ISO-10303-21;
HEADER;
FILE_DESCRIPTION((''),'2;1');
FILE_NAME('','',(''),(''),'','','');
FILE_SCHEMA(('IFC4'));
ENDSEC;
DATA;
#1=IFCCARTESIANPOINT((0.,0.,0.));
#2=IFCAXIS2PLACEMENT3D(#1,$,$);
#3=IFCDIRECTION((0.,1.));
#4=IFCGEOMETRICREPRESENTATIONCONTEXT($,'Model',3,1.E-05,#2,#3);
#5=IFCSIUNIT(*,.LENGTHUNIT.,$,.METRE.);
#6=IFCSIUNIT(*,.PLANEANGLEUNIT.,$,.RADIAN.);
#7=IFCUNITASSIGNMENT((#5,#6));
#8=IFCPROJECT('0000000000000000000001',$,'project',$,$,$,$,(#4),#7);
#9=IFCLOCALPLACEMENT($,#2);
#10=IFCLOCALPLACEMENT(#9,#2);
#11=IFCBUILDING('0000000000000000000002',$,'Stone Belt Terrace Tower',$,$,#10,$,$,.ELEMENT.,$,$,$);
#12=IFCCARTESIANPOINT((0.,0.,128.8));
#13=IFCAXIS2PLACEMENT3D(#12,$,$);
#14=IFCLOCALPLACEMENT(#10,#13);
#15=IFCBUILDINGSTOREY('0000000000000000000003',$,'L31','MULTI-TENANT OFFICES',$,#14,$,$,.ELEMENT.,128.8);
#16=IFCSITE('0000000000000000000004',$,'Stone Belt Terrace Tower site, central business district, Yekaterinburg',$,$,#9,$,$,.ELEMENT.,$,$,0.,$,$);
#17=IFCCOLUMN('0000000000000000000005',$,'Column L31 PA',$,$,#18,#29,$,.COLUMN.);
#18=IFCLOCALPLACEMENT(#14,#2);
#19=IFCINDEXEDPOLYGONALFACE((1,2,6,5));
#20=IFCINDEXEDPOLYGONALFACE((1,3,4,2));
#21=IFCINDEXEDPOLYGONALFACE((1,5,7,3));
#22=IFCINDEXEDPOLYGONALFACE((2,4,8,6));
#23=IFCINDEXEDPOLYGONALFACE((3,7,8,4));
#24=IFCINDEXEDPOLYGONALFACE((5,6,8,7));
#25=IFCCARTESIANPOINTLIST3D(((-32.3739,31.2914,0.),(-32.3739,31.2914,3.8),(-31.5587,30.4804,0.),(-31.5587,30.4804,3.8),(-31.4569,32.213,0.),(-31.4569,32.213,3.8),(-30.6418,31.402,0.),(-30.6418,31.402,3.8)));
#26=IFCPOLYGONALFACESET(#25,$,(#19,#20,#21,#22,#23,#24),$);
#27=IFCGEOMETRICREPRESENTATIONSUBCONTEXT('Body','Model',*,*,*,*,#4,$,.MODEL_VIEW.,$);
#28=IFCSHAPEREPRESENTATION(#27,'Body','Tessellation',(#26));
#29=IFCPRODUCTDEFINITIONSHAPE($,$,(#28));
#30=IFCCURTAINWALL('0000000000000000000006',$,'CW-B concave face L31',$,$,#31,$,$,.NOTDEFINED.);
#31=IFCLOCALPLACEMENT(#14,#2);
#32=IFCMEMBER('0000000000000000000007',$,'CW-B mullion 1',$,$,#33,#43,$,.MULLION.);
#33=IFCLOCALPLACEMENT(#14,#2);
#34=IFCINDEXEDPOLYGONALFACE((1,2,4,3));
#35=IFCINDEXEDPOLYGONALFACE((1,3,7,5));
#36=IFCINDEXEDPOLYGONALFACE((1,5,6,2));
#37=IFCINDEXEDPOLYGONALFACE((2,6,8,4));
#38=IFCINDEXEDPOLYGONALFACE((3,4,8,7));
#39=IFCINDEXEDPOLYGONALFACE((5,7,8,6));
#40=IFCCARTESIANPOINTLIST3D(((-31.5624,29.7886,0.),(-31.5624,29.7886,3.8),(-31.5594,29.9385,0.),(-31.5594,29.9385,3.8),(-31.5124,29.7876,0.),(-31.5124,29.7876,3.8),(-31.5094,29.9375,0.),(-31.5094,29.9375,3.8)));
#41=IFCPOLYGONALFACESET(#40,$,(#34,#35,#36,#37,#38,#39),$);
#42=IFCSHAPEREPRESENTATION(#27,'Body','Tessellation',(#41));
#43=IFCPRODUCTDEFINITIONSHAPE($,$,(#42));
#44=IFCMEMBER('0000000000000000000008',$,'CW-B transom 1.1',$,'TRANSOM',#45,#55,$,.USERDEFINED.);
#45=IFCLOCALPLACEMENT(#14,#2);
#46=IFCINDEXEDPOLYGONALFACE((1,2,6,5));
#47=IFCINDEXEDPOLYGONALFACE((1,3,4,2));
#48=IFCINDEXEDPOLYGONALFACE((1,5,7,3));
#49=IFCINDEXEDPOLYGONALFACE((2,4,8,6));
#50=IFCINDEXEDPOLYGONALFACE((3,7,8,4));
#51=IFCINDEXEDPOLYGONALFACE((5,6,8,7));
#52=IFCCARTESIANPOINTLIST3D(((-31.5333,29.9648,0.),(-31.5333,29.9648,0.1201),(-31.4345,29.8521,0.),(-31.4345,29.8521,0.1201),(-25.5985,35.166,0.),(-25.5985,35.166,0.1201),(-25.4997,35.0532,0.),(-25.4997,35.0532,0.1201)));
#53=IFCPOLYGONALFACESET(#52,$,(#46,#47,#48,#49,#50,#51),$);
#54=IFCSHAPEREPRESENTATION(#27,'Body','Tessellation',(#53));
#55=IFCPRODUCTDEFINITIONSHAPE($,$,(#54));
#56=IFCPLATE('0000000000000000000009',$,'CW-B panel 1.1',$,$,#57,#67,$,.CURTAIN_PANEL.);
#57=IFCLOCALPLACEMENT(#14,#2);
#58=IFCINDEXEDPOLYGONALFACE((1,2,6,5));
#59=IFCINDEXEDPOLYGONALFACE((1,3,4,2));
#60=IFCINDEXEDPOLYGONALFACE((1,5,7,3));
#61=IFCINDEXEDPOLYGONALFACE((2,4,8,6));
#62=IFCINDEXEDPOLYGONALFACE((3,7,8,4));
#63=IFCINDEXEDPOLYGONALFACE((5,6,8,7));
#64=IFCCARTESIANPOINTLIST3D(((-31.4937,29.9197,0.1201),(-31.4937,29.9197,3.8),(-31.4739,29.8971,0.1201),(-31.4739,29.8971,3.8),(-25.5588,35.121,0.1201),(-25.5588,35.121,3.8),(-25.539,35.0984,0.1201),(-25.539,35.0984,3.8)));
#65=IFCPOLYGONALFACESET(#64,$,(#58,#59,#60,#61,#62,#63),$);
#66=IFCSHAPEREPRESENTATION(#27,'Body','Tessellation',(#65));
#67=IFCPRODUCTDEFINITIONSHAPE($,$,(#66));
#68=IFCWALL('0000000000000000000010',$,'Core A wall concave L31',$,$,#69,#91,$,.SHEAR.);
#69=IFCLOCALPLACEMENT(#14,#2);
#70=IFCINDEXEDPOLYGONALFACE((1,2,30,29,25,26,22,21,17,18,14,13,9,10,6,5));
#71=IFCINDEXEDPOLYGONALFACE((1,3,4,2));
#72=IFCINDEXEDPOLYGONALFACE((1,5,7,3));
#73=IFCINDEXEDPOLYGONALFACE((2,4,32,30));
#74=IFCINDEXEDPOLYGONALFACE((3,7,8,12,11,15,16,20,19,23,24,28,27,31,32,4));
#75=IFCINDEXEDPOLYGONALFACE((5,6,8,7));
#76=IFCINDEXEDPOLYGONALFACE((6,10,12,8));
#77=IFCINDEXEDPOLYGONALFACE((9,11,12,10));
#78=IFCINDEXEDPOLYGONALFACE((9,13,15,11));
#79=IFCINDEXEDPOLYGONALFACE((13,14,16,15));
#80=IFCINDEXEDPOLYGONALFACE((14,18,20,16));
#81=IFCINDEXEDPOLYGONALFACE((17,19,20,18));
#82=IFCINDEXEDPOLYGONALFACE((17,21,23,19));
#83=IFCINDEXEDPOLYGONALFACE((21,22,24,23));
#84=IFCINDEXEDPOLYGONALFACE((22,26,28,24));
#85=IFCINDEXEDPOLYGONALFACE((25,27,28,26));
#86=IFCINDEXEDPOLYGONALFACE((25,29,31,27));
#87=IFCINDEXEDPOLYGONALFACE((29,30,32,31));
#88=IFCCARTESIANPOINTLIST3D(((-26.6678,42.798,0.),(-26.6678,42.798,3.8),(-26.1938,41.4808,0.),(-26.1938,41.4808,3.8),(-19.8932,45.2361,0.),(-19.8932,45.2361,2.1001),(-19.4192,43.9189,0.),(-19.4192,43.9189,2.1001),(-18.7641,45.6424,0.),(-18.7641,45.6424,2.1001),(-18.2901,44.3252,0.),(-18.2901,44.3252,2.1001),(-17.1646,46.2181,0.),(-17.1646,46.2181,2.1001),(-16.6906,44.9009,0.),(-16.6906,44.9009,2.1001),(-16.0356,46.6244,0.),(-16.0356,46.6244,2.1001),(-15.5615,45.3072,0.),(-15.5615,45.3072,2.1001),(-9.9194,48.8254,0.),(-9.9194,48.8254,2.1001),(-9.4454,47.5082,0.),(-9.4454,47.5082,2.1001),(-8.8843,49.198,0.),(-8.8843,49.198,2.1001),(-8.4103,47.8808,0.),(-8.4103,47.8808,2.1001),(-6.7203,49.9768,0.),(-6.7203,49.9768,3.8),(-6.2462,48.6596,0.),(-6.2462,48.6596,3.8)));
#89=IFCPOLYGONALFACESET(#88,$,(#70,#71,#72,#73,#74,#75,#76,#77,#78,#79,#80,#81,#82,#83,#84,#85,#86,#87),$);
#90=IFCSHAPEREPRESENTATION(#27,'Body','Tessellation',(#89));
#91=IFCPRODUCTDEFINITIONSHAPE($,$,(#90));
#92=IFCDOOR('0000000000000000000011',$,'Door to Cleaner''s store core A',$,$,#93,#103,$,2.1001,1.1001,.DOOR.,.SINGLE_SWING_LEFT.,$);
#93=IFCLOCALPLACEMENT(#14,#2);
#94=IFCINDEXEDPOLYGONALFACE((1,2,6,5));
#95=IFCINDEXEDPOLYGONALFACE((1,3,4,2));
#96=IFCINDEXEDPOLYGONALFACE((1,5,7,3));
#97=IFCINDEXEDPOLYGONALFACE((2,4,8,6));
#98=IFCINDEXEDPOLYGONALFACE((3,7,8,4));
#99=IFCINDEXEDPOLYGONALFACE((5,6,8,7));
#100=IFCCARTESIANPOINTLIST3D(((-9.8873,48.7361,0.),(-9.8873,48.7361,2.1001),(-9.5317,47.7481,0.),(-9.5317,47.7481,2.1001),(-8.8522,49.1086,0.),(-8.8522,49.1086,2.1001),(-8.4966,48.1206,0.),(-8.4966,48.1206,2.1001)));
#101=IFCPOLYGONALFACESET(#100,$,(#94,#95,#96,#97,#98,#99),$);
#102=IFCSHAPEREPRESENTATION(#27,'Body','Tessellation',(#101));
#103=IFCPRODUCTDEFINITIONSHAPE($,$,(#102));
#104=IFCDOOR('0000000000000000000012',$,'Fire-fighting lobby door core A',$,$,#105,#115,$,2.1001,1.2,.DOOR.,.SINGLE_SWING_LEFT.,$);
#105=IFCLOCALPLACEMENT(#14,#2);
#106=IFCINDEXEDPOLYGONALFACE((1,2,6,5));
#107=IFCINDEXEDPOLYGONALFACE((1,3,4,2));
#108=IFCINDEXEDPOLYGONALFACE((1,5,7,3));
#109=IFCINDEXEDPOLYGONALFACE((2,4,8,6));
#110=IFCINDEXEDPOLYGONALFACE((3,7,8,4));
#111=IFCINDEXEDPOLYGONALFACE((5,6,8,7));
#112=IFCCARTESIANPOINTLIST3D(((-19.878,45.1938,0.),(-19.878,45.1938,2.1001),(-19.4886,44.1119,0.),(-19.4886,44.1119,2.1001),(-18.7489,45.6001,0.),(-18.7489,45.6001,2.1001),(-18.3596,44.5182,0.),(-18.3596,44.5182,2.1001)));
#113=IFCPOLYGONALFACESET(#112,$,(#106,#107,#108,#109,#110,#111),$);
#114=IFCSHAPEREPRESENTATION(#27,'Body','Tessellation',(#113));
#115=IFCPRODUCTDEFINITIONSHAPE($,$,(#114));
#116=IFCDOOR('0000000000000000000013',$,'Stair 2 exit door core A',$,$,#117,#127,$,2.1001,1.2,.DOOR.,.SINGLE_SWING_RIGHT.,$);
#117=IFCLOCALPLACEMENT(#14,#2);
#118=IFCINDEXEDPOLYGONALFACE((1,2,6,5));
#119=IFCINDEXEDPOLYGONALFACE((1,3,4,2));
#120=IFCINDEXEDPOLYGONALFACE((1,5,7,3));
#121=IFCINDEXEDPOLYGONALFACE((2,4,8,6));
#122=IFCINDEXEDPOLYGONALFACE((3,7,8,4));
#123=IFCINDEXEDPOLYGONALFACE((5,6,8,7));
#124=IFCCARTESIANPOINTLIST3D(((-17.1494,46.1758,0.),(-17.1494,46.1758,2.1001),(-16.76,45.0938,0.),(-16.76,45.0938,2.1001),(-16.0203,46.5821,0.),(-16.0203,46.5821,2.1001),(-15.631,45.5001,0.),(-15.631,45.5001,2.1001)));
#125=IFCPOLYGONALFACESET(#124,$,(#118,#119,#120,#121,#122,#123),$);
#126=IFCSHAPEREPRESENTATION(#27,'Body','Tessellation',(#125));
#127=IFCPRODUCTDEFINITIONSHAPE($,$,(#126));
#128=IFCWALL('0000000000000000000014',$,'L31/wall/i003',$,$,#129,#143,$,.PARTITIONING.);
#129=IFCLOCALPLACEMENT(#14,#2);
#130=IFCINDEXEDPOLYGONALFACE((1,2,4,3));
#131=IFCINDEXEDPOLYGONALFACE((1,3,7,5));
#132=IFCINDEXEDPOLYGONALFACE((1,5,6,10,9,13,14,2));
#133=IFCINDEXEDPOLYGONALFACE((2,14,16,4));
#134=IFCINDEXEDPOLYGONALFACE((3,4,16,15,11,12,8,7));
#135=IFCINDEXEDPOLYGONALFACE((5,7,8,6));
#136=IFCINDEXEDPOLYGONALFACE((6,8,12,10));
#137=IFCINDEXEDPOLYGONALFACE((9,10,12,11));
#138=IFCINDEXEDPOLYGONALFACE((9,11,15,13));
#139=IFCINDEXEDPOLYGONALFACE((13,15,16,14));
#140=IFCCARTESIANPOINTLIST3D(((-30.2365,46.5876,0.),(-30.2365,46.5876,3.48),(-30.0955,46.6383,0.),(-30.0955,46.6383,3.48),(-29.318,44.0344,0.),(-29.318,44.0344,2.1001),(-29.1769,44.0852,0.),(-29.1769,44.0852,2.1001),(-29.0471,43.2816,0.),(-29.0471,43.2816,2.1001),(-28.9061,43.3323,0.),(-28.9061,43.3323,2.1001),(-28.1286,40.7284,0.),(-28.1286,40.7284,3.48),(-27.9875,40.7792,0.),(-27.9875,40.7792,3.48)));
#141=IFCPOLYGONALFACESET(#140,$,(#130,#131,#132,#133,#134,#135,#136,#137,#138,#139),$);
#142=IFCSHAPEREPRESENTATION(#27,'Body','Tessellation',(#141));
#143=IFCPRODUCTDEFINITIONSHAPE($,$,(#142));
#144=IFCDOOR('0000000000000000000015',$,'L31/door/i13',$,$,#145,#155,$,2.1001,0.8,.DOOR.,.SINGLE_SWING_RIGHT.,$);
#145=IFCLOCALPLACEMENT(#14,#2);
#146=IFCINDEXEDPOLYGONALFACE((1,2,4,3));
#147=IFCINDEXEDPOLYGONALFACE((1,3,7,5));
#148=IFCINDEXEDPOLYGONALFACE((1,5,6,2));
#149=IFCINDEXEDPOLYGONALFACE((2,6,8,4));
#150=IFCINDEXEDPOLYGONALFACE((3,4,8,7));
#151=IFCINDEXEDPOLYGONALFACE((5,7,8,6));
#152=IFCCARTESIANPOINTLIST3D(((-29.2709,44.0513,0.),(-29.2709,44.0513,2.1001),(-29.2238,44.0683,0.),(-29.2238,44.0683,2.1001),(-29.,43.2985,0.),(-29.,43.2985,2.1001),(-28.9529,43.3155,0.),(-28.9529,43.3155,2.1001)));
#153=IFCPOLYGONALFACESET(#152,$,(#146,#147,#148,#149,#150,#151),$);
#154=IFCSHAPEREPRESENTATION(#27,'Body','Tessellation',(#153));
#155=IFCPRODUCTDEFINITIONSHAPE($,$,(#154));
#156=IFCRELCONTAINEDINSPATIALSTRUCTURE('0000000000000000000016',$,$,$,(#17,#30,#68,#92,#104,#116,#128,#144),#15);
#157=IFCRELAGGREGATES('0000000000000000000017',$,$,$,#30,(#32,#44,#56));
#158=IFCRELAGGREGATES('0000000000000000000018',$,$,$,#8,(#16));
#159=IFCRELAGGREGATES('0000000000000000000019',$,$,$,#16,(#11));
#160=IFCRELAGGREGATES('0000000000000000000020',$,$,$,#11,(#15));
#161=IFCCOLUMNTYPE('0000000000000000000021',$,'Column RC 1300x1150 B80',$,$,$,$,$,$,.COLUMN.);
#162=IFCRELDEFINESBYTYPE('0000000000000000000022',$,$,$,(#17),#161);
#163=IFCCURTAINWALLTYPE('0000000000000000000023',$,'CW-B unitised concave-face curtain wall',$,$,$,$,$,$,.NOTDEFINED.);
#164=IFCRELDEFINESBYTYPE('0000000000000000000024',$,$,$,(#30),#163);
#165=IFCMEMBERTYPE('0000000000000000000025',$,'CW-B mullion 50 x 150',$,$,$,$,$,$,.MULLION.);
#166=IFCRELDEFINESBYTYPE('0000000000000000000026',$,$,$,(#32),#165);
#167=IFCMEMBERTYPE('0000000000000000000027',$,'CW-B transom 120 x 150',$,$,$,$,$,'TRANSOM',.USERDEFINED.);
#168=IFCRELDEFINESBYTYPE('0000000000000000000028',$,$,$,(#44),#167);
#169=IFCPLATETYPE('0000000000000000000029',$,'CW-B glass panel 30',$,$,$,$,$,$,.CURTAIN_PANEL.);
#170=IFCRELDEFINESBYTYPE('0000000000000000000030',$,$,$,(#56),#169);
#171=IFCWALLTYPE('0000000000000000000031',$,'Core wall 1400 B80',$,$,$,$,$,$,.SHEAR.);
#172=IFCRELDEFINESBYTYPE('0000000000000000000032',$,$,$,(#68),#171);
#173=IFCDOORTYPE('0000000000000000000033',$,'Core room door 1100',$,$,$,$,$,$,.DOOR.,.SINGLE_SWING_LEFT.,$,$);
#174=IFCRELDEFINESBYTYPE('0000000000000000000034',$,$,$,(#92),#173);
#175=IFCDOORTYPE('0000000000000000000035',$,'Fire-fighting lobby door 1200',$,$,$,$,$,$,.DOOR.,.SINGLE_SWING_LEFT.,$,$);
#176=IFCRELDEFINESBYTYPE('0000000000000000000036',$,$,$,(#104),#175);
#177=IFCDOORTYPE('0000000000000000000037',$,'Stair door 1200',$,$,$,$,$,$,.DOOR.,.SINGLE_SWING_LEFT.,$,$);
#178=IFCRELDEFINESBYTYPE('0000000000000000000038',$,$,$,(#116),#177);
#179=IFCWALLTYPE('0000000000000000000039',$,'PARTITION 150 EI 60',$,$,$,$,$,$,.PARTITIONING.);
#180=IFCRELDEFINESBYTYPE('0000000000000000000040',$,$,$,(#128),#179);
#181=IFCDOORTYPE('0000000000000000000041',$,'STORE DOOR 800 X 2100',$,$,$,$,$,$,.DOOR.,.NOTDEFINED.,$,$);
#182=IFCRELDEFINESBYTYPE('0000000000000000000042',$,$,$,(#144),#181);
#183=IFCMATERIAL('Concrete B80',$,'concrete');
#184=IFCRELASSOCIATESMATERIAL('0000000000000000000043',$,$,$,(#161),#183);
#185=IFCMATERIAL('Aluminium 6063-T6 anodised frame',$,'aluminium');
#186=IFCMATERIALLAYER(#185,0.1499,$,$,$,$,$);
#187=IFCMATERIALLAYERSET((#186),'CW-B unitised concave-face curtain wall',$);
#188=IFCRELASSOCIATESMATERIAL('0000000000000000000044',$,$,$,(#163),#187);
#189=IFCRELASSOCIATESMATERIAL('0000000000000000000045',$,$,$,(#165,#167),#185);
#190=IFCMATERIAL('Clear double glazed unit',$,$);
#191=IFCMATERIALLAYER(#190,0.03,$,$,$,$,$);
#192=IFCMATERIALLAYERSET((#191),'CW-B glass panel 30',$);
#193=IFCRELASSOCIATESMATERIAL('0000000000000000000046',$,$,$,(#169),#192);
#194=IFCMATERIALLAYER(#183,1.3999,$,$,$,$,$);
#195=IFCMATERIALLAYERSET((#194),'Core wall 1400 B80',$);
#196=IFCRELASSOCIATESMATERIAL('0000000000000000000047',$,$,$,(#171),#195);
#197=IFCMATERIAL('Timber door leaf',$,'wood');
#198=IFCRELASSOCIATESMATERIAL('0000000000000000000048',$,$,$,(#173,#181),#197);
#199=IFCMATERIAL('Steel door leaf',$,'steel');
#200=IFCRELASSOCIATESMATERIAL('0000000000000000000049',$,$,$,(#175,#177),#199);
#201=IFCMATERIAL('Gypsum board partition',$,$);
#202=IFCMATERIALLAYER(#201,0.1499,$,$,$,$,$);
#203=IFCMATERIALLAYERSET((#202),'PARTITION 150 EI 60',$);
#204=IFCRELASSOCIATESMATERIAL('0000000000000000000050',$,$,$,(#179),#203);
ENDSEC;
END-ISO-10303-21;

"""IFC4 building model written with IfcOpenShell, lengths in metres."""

from ifc_helpers import new_model, si_unit, direction, frame, frame_2d, origin, origin_2d, place, context, subcontext, project, spatial, rectangle, extrude, material, layer, layer_set, material_profile, profile_set, type_object, element, fill, aggregate, save


model = new_model("IFC4")

# Units and contexts
model_context = context("Model", 3, precision=1e-05, world=origin(), true_north=direction((0.0, 1.0)))
body_context = subcontext(model_context, "Body", "Model", "MODEL_VIEW")
ifc_project = project(units=[si_unit("LENGTHUNIT", "METRE"), si_unit("PLANEANGLEUNIT", "RADIAN")], contexts=[model_context])

# Site, building, storey
site_placement = place(None, origin())
site = spatial("IfcSite", under=ifc_project, at=site_placement, Name="Stone Belt Terrace Tower site, central business district, Yekaterinburg", CompositionType="ELEMENT", RefElevation=0.0)
building_placement = place(site_placement, origin())
building = spatial("IfcBuilding", under=site, at=building_placement, Name="Stone Belt Terrace Tower", CompositionType="ELEMENT")
storey_placement = place(building_placement, frame((0.0, 0.0, 128.8)))
storey = spatial("IfcBuildingStorey", under=building, at=storey_placement, Name="L31", Description="MULTI-TENANT OFFICES", CompositionType="ELEMENT", Elevation=128.8)

# Column
ifc_material_1 = material(Name="Concrete B80", Category="concrete")
ifc_material_profile_1 = material_profile(ifc_material_1, rectangle(XDim=1.3, YDim=1.1499, at=origin_2d()), Name="RC 1300x1150")
ifc_profile_set_1 = profile_set([ifc_material_profile_1], Name="Concrete B80")
column_type = type_object("IfcColumnType", Name="Column RC 1300x1150 B80", PredefinedType="COLUMN", material=ifc_profile_set_1)
column_placement = place(storey_placement, frame((-31.5078, 31.3467, 0.0), z_axis=(0.0, 0.0, 1.0), x_axis=(0.705294, 0.708915, 0.0)))
element("IfcColumn", 1, at=column_placement, inside=storey, type_object=column_type, Name="Column L31 PA", PredefinedType="COLUMN", context=body_context, shape_type="SweptSolid", body=[
    extrude(rectangle(XDim=1.3, YDim=1.1499, at=origin_2d()), origin(), (0.0, 0.0, 1.0), 3.8),
])

# Curtain wall, members, plate
ifc_material_2 = material(Name="Aluminium 6063-T6 anodised frame", Category="aluminium")
ifc_layer_1 = layer(ifc_material_2, 0.1499)
ifc_layer_set_1 = layer_set([ifc_layer_1], Name="CW-B unitised concave-face curtain wall")
curtain_wall_type = type_object("IfcCurtainWallType", Name="CW-B unitised concave-face curtain wall", PredefinedType="NOTDEFINED", material=ifc_layer_set_1)
curtain_wall_placement = place(storey_placement, origin())
curtain_wall = element("IfcCurtainWall", 2, at=curtain_wall_placement, inside=storey, type_object=curtain_wall_type, Name="CW-B concave face L31", PredefinedType="NOTDEFINED")
ifc_material_profile_2 = material_profile(ifc_material_2, rectangle(XDim=0.1499, YDim=0.05, at=origin_2d()), Name="Aluminium 6063-T6 50x150")
ifc_profile_set_2 = profile_set([ifc_material_profile_2], Name="Aluminium 6063-T6 anodised frame")
member_type_1 = type_object("IfcMemberType", Name="CW-B mullion 50 x 150", PredefinedType="MULLION", material=ifc_profile_set_2)
member_1_placement = place(storey_placement, frame((-31.5359, 29.863, 0.0), z_axis=(0.0, 0.0, 1.0), x_axis=(0.020135, 0.999797, 0.0)))
member_1 = element("IfcMember", 3, at=member_1_placement, type_object=member_type_1, Name="CW-B mullion 1", PredefinedType="MULLION", context=body_context, shape_type="SweptSolid", body=[
    extrude(rectangle(XDim=0.1499, YDim=0.05, at=origin_2d()), origin(), (0.0, 0.0, 1.0), 3.8),
])
ifc_material_profile_3 = material_profile(ifc_material_2, rectangle(XDim=0.1499, YDim=0.1201, at=origin_2d()), Name="Aluminium 6063-T6 150x120")
ifc_profile_set_3 = profile_set([ifc_material_profile_3], Name="Aluminium 6063-T6 anodised frame")
member_type_2 = type_object("IfcMemberType", Name="CW-B transom 120 x 150", ElementType="TRANSOM", PredefinedType="USERDEFINED", material=ifc_profile_set_3)
member_2_placement = place(storey_placement, frame((-31.4839, 29.9084, 0.0601), z_axis=(0.752061, 0.659094, 0.0), x_axis=(-0.659094, 0.752061, 0.0)))
member_2 = element("IfcMember", 4, at=member_2_placement, type_object=member_type_2, Name="CW-B transom 1.1", ObjectType="TRANSOM", PredefinedType="USERDEFINED", context=body_context, shape_type="SweptSolid", body=[
    extrude(rectangle(XDim=0.1499, YDim=0.1201, at=origin_2d()), origin(), (0.0, 0.0, 1.0), 7.8914),
])
ifc_material_3 = material(Name="Clear double glazed unit")
ifc_layer_2 = layer(ifc_material_3, 0.03)
ifc_layer_set_2 = layer_set([ifc_layer_2], Name="CW-B glass panel 30")
plate_type = type_object("IfcPlateType", Name="CW-B glass panel 30", PredefinedType="CURTAIN_PANEL", material=ifc_layer_set_2)
plate_placement = place(storey_placement, frame((-28.5164, 32.509, 0.1201), z_axis=(0.0, 0.0, 1.0), x_axis=(0.75206, 0.659094, 0.0)))
plate = element("IfcPlate", 5, at=plate_placement, type_object=plate_type, Name="CW-B panel 1.1", PredefinedType="CURTAIN_PANEL", context=body_context, shape_type="SweptSolid", body=[
    extrude(rectangle(XDim=7.8916, YDim=0.03, at=origin_2d()), origin(), (0.0, 0.0, 1.0), 3.6799),
])
aggregate(curtain_wall, [member_1, member_2, plate])

# Wall, openings, doors
ifc_layer_3 = layer(ifc_material_1, 1.3999)
ifc_layer_set_3 = layer_set([ifc_layer_3], Name="Core wall 1400 B80")
wall_type_1 = type_object("IfcWallType", Name="Core wall 1400 B80", PredefinedType="SHEAR", material=ifc_layer_set_3)
wall_1_placement = place(storey_placement, frame((-26.4309, 42.1394, 0.0), z_axis=(0.0, 0.0, 1.0), x_axis=(0.940923, 0.33862, 0.0)))
wall_1 = element("IfcWall", 6, at=wall_1_placement, inside=storey, type_object=wall_type_1, Name="Core A wall concave L31", PredefinedType="SHEAR", context=body_context, shape_type="SweptSolid", body=[
    extrude(rectangle(XDim=21.2, YDim=1.3999, at=frame_2d((10.6001, 0.0))), origin(), (0.0, 0.0, 1.0), 3.8),
])
opening_1_placement = place(wall_1_placement, frame((7.2, 0.0, 0.0)))
opening_1 = element("IfcOpeningElement", 7, at=opening_1_placement, cuts=wall_1, PredefinedType="OPENING", context=body_context, shape_type="SweptSolid", body=[
    extrude(rectangle(XDim=1.2, YDim=2.1001, at=frame_2d((0.6001, 1.05))), frame((0.0, 0.71, 0.0), z_axis=(0.0, -1.0, 0.0), x_axis=(1.0, 0.0, 0.0)), (0.0, 0.0, 1.0), 1.4199),
])
opening_2_placement = place(wall_1_placement, frame((10.0999, 0.0, 0.0)))
opening_2 = element("IfcOpeningElement", 8, at=opening_2_placement, cuts=wall_1, PredefinedType="OPENING", context=body_context, shape_type="SweptSolid", body=[
    extrude(rectangle(XDim=1.2, YDim=2.1001, at=frame_2d((0.6001, 1.05))), frame((0.0, 0.71, 0.0), z_axis=(0.0, -1.0, 0.0), x_axis=(1.0, 0.0, 0.0)), (0.0, 0.0, 1.0), 1.4199),
])
opening_3_placement = place(wall_1_placement, frame((17.8, 0.0, 0.0)))
opening_3 = element("IfcOpeningElement", 9, at=opening_3_placement, cuts=wall_1, PredefinedType="OPENING", context=body_context, shape_type="SweptSolid", body=[
    extrude(rectangle(XDim=1.1001, YDim=2.1001, at=frame_2d((0.55, 1.05))), frame((0.0, 0.71, 0.0), z_axis=(0.0, -1.0, 0.0), x_axis=(1.0, 0.0, 0.0)), (0.0, 0.0, 1.0), 1.4199),
])
ifc_material_4 = material(Name="Timber door leaf", Category="wood")
door_type_1 = type_object("IfcDoorType", Name="Core room door 1100", OperationType="SINGLE_SWING_LEFT", PredefinedType="DOOR", material=ifc_material_4)
door_1_placement = place(opening_3_placement, origin())
door_1 = element("IfcDoor", 10, at=door_1_placement, inside=storey, type_object=door_type_1, Name="Door to Cleaner's store core A", OperationType="SINGLE_SWING_LEFT", OverallHeight=2.1001, OverallWidth=1.1001, PredefinedType="DOOR", context=body_context, shape_type="SweptSolid", body=[
    extrude(rectangle(XDim=1.1001, YDim=2.1001, at=frame_2d((0.55, 1.05))), frame((0.0, 0.605, 0.0), z_axis=(0.0, -1.0, 0.0), x_axis=(1.0, 0.0, 0.0)), (0.0, 0.0, 1.0), 1.05),
])
fill(opening_3, door_1)
ifc_material_5 = material(Name="Steel door leaf", Category="steel")
door_type_2 = type_object("IfcDoorType", Name="Fire-fighting lobby door 1200", OperationType="SINGLE_SWING_LEFT", PredefinedType="DOOR", material=ifc_material_5)
door_2_placement = place(opening_1_placement, origin())
door_2 = element("IfcDoor", 11, at=door_2_placement, inside=storey, type_object=door_type_2, Name="Fire-fighting lobby door core A", OperationType="SINGLE_SWING_LEFT", OverallHeight=2.1001, OverallWidth=1.2, PredefinedType="DOOR", context=body_context, shape_type="SweptSolid", body=[
    extrude(rectangle(XDim=1.2, YDim=2.1001, at=frame_2d((0.6001, 1.05))), frame((0.0, 0.655, 0.0), z_axis=(0.0, -1.0, 0.0), x_axis=(1.0, 0.0, 0.0)), (0.0, 0.0, 1.0), 1.1499),
])
fill(opening_1, door_2)
door_type_3 = type_object("IfcDoorType", Name="Stair door 1200", OperationType="SINGLE_SWING_LEFT", PredefinedType="DOOR", material=ifc_material_5)
door_3_placement = place(opening_2_placement, origin())
door_3 = element("IfcDoor", 12, at=door_3_placement, inside=storey, type_object=door_type_3, Name="Stair 2 exit door core A", OperationType="SINGLE_SWING_RIGHT", OverallHeight=2.1001, OverallWidth=1.2, PredefinedType="DOOR", context=body_context, shape_type="SweptSolid", body=[
    extrude(rectangle(XDim=1.2, YDim=2.1001, at=frame_2d((0.6001, 1.05))), frame((0.0, 0.655, 0.0), z_axis=(0.0, -1.0, 0.0), x_axis=(1.0, 0.0, 0.0)), (0.0, 0.0, 1.0), 1.1499),
])
fill(opening_2, door_3)

# Wall, opening, door
ifc_material_6 = material(Name="Gypsum board partition")
ifc_layer_4 = layer(ifc_material_6, 0.1499)
ifc_layer_set_4 = layer_set([ifc_layer_4], Name="PARTITION 150 EI 60")
wall_type_2 = type_object("IfcWallType", Name="PARTITION 150 EI 60", PredefinedType="PARTITIONING", material=ifc_layer_set_4)
wall_2_placement = place(storey_placement, frame((-28.0581, 40.7539, 0.0), z_axis=(0.0, 0.0, 1.0), x_axis=(-0.338524, 0.940958, 0.0)))
wall_2 = element("IfcWall", 13, at=wall_2_placement, inside=storey, type_object=wall_type_2, Name="L31/wall/i003", PredefinedType="PARTITIONING", context=body_context, shape_type="SweptSolid", body=[
    extrude(rectangle(XDim=6.2268, YDim=0.1499, at=frame_2d((3.1133, 0.0))), origin(), (0.0, 0.0, 1.0), 3.48),
])
opening_4_placement = place(wall_2_placement, frame((2.7134, 0.0, 0.0)))
opening_4 = element("IfcOpeningElement", 14, at=opening_4_placement, cuts=wall_2, PredefinedType="OPENING", context=body_context, shape_type="SweptSolid", body=[
    extrude(rectangle(XDim=0.8, YDim=2.1001, at=frame_2d((0.3999, 1.05))), frame((0.0, 0.085, 0.0), z_axis=(0.0, -1.0, 0.0), x_axis=(1.0, 0.0, 0.0)), (0.0, 0.0, 1.0), 0.1699),
])
door_type_4 = type_object("IfcDoorType", Name="STORE DOOR 800 X 2100", OperationType="NOTDEFINED", PredefinedType="DOOR", material=ifc_material_4)
door_4_placement = place(opening_4_placement, origin())
door_4 = element("IfcDoor", 15, at=door_4_placement, inside=storey, type_object=door_type_4, Name="L31/door/i13", OperationType="SINGLE_SWING_RIGHT", OverallHeight=2.1001, OverallWidth=0.8, PredefinedType="DOOR", context=body_context, shape_type="SweptSolid", body=[
    extrude(rectangle(XDim=0.8, YDim=2.1001, at=frame_2d((0.3999, 1.05))), frame((0.0, 0.0249, 0.0), z_axis=(0.0, -1.0, 0.0), x_axis=(1.0, 0.0, 0.0)), (0.0, 0.0, 1.0), 0.05),
])
fill(opening_4, door_4)

save(model, "model.ifc")
